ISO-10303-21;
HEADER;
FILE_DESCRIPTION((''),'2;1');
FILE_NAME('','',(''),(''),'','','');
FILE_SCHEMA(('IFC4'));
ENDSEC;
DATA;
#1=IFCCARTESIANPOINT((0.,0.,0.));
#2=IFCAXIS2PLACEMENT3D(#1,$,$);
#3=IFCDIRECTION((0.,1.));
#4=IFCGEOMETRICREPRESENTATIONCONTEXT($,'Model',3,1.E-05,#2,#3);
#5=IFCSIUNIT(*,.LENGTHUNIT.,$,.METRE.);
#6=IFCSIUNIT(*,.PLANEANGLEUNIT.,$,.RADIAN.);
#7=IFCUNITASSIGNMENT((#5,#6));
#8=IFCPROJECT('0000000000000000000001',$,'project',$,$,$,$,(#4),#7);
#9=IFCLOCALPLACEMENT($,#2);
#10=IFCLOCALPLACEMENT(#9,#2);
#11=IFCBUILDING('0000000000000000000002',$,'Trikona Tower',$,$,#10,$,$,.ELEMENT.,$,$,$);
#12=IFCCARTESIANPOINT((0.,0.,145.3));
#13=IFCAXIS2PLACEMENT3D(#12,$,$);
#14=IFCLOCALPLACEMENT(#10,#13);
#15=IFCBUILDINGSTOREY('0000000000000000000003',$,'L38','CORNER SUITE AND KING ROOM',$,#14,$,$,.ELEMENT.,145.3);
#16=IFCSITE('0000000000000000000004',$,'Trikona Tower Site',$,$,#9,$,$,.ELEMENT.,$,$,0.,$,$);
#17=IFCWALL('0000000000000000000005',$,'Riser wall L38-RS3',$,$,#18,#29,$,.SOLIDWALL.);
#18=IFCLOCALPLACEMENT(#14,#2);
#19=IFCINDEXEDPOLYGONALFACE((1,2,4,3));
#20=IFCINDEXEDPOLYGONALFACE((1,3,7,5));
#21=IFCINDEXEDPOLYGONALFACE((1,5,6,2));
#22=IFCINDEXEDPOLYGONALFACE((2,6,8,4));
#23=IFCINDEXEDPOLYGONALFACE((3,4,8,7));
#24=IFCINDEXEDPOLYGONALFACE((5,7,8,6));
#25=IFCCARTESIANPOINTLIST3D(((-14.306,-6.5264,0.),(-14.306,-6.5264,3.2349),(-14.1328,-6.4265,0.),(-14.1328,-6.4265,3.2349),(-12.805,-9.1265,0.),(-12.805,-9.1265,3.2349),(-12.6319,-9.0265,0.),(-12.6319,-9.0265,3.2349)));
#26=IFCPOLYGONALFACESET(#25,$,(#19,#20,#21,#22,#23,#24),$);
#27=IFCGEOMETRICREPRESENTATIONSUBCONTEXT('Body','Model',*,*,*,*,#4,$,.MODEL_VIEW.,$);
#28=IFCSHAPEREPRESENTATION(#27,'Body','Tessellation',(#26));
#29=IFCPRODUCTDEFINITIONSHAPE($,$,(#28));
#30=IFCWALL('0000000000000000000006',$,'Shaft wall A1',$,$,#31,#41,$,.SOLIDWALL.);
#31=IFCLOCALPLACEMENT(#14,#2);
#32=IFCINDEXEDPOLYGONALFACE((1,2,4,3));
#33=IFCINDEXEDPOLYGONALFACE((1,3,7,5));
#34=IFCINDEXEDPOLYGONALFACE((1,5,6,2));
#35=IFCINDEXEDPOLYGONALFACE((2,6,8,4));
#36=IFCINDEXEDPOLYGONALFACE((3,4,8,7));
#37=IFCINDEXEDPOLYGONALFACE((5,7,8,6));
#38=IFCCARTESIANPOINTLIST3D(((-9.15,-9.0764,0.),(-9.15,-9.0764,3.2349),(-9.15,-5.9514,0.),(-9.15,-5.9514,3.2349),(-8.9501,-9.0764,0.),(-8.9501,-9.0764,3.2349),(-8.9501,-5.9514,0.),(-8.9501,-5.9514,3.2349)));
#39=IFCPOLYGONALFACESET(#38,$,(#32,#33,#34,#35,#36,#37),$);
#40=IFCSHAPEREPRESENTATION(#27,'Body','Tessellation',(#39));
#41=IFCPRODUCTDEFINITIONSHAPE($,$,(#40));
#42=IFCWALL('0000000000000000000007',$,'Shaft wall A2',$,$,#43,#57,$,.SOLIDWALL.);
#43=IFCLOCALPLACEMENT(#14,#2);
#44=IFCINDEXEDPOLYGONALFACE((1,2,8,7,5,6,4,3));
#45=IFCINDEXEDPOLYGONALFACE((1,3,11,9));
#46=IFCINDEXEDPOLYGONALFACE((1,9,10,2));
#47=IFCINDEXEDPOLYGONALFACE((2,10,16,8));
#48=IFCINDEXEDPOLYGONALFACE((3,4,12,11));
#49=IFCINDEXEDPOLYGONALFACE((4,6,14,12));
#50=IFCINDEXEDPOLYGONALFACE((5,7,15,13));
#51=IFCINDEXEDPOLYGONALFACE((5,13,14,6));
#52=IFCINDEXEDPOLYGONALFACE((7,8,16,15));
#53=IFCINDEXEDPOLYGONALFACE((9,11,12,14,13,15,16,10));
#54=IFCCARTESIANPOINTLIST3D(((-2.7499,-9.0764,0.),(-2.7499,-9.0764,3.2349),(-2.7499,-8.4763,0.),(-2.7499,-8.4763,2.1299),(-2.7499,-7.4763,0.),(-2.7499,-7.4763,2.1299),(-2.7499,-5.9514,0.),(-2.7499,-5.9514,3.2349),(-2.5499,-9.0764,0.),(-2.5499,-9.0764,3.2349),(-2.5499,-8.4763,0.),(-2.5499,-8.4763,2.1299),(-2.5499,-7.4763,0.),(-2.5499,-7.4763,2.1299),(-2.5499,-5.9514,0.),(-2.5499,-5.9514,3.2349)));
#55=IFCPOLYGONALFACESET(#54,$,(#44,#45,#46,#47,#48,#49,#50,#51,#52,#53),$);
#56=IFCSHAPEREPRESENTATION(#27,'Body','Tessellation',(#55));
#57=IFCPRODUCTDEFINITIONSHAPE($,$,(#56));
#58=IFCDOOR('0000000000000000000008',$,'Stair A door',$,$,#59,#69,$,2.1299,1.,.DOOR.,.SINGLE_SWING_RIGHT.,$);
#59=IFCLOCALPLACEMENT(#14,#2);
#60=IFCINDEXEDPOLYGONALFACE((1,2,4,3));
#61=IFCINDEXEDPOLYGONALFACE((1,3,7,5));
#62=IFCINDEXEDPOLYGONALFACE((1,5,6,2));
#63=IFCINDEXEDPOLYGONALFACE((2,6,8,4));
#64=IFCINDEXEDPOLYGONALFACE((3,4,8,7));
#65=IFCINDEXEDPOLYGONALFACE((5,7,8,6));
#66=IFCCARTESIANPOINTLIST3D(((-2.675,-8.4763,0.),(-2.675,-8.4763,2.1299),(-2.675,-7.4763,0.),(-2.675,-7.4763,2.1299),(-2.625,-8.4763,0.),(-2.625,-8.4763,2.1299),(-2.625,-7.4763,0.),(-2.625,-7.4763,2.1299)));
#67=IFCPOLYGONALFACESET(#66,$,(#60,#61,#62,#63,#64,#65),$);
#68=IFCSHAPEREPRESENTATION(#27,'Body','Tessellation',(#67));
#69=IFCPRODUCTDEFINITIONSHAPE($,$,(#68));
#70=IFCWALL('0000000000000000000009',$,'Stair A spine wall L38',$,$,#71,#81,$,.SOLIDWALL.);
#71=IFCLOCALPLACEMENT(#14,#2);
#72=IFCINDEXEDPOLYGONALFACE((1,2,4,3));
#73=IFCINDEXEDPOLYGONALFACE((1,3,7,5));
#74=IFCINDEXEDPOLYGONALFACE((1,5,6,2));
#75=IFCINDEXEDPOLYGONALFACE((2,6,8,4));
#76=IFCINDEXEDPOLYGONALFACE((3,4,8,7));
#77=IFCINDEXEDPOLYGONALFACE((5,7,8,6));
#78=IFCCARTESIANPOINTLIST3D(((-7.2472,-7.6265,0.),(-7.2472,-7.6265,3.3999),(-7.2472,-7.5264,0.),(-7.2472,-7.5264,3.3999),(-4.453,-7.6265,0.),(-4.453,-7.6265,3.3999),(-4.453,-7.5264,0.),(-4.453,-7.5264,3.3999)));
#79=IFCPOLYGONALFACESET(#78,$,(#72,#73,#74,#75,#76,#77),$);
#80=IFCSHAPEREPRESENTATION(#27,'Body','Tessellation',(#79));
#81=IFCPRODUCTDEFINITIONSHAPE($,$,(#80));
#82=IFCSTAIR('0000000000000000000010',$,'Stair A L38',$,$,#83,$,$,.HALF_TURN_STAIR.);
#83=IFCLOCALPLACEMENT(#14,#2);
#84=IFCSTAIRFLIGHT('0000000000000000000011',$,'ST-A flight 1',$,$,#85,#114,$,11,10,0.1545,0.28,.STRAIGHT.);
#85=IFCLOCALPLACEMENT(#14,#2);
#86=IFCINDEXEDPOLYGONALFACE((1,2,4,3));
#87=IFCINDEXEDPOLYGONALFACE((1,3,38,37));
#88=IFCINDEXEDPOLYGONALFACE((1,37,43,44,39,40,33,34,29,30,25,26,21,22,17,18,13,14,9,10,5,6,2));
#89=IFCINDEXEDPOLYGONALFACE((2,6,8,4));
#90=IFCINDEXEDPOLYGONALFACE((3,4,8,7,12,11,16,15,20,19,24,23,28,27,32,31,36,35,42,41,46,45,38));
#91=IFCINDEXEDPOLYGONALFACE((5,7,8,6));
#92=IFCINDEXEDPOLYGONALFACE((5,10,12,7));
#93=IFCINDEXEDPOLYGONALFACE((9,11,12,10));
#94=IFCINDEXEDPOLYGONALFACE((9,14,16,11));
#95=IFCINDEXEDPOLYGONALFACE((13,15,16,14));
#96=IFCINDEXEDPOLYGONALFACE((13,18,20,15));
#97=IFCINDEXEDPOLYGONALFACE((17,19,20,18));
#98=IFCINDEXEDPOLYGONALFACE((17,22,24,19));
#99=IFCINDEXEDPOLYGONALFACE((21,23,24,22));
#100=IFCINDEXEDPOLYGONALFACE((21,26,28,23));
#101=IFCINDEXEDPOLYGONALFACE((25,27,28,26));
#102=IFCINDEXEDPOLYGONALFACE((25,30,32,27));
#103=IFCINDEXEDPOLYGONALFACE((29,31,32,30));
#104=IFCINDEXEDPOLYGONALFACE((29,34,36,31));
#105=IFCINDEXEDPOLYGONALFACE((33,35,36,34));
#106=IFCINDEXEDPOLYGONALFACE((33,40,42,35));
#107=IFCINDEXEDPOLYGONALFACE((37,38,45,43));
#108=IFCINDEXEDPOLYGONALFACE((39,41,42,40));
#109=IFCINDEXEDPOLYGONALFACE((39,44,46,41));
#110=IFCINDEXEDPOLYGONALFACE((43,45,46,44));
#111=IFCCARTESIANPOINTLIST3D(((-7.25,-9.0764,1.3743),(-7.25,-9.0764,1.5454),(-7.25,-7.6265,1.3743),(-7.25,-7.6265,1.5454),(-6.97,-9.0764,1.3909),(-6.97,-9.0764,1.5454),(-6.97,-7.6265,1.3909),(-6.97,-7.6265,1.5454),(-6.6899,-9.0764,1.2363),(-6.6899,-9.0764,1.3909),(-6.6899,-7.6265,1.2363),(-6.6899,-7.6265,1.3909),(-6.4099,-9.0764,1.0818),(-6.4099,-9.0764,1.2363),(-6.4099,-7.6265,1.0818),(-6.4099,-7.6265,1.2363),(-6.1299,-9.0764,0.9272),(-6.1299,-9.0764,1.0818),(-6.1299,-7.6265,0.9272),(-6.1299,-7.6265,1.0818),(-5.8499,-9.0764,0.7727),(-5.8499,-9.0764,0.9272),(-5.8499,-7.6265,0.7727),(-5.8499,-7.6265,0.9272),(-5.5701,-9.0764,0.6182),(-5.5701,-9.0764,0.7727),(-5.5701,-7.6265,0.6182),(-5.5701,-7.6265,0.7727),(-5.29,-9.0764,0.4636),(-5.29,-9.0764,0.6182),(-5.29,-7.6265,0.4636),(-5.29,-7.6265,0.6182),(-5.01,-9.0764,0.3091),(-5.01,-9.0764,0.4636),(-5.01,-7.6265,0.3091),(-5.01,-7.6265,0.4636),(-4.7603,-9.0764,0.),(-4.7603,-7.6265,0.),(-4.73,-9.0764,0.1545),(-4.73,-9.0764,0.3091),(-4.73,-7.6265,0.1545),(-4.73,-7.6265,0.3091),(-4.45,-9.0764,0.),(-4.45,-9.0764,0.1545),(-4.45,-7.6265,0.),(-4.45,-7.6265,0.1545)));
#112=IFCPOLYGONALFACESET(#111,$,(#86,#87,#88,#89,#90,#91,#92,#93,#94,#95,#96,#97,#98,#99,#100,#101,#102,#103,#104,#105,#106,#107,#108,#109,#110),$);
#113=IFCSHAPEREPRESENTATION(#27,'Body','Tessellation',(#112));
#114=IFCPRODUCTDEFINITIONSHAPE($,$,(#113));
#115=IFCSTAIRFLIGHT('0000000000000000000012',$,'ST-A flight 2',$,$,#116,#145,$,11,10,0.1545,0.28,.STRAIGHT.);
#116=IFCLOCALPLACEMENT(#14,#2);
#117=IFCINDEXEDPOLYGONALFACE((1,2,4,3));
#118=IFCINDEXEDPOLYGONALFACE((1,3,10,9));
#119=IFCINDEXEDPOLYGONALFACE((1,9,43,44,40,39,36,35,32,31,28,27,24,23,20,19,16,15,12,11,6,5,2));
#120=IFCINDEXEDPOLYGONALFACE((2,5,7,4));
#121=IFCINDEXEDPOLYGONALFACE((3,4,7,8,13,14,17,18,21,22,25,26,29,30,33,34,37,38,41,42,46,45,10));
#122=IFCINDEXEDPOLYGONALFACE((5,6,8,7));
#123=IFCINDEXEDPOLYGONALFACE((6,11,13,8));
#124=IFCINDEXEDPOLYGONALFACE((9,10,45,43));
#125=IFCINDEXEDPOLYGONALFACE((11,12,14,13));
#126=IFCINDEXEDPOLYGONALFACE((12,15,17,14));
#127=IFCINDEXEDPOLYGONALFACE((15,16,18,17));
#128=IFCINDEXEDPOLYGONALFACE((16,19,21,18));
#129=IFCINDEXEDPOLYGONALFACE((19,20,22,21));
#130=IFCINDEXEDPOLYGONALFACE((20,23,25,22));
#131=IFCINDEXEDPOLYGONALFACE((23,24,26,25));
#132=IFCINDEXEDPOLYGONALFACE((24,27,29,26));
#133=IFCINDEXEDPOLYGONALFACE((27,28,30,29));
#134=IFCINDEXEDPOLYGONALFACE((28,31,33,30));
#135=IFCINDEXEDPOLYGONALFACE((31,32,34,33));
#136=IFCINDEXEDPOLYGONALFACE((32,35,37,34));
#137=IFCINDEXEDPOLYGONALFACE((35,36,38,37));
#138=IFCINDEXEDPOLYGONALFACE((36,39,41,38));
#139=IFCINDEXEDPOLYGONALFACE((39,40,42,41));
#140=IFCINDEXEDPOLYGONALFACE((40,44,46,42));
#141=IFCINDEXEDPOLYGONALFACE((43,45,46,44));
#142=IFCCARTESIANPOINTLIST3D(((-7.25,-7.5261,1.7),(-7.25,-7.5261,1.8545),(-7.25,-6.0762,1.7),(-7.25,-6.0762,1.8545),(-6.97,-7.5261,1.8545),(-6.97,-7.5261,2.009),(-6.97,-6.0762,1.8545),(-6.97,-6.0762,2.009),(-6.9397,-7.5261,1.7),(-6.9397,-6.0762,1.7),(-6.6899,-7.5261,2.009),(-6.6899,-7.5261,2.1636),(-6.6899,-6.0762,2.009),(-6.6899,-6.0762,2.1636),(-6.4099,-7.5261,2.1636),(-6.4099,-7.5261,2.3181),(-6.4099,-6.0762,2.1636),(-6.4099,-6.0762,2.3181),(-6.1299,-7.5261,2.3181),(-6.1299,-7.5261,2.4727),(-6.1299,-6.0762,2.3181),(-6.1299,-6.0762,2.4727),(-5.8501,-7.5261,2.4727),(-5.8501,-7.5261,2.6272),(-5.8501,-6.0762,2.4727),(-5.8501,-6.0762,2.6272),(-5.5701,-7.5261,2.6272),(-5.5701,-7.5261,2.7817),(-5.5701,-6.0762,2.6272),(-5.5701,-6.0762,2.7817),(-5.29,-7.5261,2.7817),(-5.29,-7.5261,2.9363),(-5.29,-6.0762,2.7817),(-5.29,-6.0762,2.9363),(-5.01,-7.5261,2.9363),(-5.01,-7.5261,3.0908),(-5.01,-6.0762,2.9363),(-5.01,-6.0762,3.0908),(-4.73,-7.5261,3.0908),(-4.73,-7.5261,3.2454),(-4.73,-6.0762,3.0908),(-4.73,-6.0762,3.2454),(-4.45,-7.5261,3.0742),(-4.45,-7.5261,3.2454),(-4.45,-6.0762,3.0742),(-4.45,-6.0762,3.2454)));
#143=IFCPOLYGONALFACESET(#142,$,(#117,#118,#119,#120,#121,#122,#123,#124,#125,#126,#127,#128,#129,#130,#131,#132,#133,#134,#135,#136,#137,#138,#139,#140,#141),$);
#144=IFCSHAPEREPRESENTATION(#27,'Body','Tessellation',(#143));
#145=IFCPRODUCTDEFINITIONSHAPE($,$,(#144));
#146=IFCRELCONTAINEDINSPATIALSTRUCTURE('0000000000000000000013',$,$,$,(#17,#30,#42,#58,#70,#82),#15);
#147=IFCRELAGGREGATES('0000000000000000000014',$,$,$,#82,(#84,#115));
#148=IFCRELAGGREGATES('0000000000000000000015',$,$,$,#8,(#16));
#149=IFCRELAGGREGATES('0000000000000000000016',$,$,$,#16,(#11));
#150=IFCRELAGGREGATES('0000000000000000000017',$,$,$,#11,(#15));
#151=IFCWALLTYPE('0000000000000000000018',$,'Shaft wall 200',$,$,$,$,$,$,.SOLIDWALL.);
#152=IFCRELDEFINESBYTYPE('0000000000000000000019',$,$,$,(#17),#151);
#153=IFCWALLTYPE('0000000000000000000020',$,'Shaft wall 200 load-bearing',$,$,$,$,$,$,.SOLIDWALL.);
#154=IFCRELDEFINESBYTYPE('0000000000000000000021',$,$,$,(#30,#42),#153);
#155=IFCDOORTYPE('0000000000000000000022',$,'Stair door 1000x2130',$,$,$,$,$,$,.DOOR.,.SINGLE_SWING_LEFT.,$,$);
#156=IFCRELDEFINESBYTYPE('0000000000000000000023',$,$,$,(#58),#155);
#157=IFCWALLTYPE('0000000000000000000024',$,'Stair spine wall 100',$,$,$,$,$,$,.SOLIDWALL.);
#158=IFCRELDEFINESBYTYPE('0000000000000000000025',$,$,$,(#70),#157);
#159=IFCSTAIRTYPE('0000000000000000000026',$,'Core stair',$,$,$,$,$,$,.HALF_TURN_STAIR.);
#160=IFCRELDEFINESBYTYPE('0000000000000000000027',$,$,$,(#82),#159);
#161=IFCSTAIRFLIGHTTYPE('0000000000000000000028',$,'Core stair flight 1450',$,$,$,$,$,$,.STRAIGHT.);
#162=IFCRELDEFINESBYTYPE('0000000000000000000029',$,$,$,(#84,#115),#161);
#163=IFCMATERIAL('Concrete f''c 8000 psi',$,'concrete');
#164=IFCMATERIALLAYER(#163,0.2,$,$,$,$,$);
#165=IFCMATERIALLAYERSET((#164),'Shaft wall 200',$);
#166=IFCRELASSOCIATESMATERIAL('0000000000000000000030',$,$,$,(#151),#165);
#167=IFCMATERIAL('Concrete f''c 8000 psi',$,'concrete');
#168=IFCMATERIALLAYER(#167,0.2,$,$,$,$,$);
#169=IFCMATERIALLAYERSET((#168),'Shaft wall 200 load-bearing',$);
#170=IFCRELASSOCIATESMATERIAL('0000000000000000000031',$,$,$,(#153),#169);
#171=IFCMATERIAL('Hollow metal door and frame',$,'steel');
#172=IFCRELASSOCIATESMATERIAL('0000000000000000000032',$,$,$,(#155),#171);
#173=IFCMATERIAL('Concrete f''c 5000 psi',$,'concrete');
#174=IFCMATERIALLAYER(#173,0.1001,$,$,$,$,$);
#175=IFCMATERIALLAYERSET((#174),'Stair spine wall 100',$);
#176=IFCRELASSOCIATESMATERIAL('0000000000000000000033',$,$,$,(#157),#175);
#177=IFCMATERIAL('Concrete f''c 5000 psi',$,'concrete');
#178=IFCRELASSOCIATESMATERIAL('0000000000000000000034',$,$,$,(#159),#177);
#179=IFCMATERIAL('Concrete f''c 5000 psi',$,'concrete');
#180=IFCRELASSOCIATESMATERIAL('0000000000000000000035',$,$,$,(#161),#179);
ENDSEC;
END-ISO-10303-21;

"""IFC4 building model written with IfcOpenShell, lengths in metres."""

from ifc_helpers import new_model, si_unit, direction, frame, frame_2d, origin, place, context, subcontext, project, spatial, polyline, rectangle, outline, extrude, material, layer, layer_set, type_object, element, fill, aggregate, save


model = new_model("IFC4")

# Units and contexts
model_context = context("Model", 3, precision=1e-05, world=origin(), true_north=direction((0.0, 1.0)))
body_context = subcontext(model_context, "Body", "Model", "MODEL_VIEW")
ifc_project = project(units=[si_unit("LENGTHUNIT", "METRE"), si_unit("PLANEANGLEUNIT", "RADIAN")], contexts=[model_context])

# Site, building, storey
site_placement = place(None, origin())
site = spatial("IfcSite", under=ifc_project, at=site_placement, Name="Trikona Tower Site", CompositionType="ELEMENT", RefElevation=0.0)
building_placement = place(site_placement, origin())
building = spatial("IfcBuilding", under=site, at=building_placement, Name="Trikona Tower", CompositionType="ELEMENT")
storey_placement = place(building_placement, frame((0.0, 0.0, 145.3)))
storey = spatial("IfcBuildingStorey", under=building, at=storey_placement, Name="L38", Description="CORNER SUITE AND KING ROOM", CompositionType="ELEMENT", Elevation=145.3)

# Walls
ifc_material_1 = material(Name="Concrete f'c 8000 psi", Category="concrete")
ifc_layer_1 = layer(ifc_material_1, 0.2)
ifc_layer_set_1 = layer_set([ifc_layer_1], Name="Shaft wall 200")
wall_type_1 = type_object("IfcWallType", Name="Shaft wall 200", PredefinedType="SOLIDWALL", material=ifc_layer_set_1)
wall_1_placement = place(storey_placement, frame((-12.7185, -9.0764, 0.0), z_axis=(0.0, 0.0, 1.0), x_axis=(-0.499952, 0.866053, 0.0)))
element("IfcWall", 1, at=wall_1_placement, inside=storey, type_object=wall_type_1, Name="Riser wall L38-RS3", PredefinedType="SOLIDWALL", context=body_context, shape_type="SweptSolid", body=[
    extrude(rectangle(XDim=3.0022, YDim=0.2, at=frame_2d((1.501, 0.0))), origin(), (0.0, 0.0, 1.0), 3.2349),
])
ifc_material_2 = material(Name="Concrete f'c 8000 psi", Category="concrete")
ifc_layer_2 = layer(ifc_material_2, 0.2)
ifc_layer_set_2 = layer_set([ifc_layer_2], Name="Shaft wall 200 load-bearing")
wall_type_2 = type_object("IfcWallType", Name="Shaft wall 200 load-bearing", PredefinedType="SOLIDWALL", material=ifc_layer_set_2)
wall_2_placement = place(storey_placement, frame((-9.05, -5.9514, 0.0), z_axis=(0.0, 0.0, 1.0), x_axis=(0.0, -1.0, 0.0)))
element("IfcWall", 2, at=wall_2_placement, inside=storey, type_object=wall_type_2, Name="Shaft wall A1", PredefinedType="SOLIDWALL", context=body_context, shape_type="SweptSolid", body=[
    extrude(rectangle(XDim=3.125, YDim=0.2, at=frame_2d((1.5625, 0.0))), origin(), (0.0, 0.0, 1.0), 3.2349),
])

# Wall, opening, door
wall_3_placement = place(storey_placement, frame((-2.6499, -5.9514, 0.0), z_axis=(0.0, 0.0, 1.0), x_axis=(0.0, -1.0, 0.0)))
wall_3 = element("IfcWall", 3, at=wall_3_placement, inside=storey, type_object=wall_type_2, Name="Shaft wall A2", PredefinedType="SOLIDWALL", context=body_context, shape_type="SweptSolid", body=[
    extrude(rectangle(XDim=3.125, YDim=0.2, at=frame_2d((1.5625, 0.0))), origin(), (0.0, 0.0, 1.0), 3.2349),
])
opening_1_placement = place(wall_3_placement, frame((1.5249, 0.0, 0.0)))
opening_1 = element("IfcOpeningElement", 4, at=opening_1_placement, cuts=wall_3, PredefinedType="OPENING", context=body_context, shape_type="SweptSolid", body=[
    extrude(rectangle(XDim=1.0, YDim=2.1299, at=frame_2d((0.5, 1.0649))), frame((0.0, 0.1099, 0.0), z_axis=(0.0, -1.0, 0.0), x_axis=(1.0, 0.0, 0.0)), (0.0, 0.0, 1.0), 0.22),
])
ifc_material_3 = material(Name="Hollow metal door and frame", Category="steel")
door_type_1 = type_object("IfcDoorType", Name="Stair door 1000x2130", OperationType="SINGLE_SWING_LEFT", PredefinedType="DOOR", material=ifc_material_3)
door_1_placement = place(opening_1_placement, origin())
door_1 = element("IfcDoor", 5, at=door_1_placement, inside=storey, type_object=door_type_1, Name="Stair A door", OperationType="SINGLE_SWING_RIGHT", OverallHeight=2.1299, OverallWidth=1.0, PredefinedType="DOOR", context=body_context, shape_type="SweptSolid", body=[
    extrude(rectangle(XDim=1.0, YDim=2.1299, at=frame_2d((0.5, 1.0649))), frame((0.0, 0.0249, 0.0), z_axis=(0.0, -1.0, 0.0), x_axis=(1.0, 0.0, 0.0)), (0.0, 0.0, 1.0), 0.05),
])
fill(opening_1, door_1)

# Wall
ifc_material_4 = material(Name="Concrete f'c 5000 psi", Category="concrete")
ifc_layer_3 = layer(ifc_material_4, 0.1001)
ifc_layer_set_3 = layer_set([ifc_layer_3], Name="Stair spine wall 100")
wall_type_3 = type_object("IfcWallType", Name="Stair spine wall 100", PredefinedType="SOLIDWALL", material=ifc_layer_set_3)
wall_4_placement = place(storey_placement, frame((-7.2471, -7.5764, 0.0), z_axis=(0.0, 0.0, 1.0), x_axis=(1.0, 0.0, 0.0)))
element("IfcWall", 6, at=wall_4_placement, inside=storey, type_object=wall_type_3, Name="Stair A spine wall L38", PredefinedType="SOLIDWALL", context=body_context, shape_type="SweptSolid", body=[
    extrude(rectangle(XDim=2.7942, YDim=0.1001, at=frame_2d((1.397, 0.0))), origin(), (0.0, 0.0, 1.0), 3.3999),
])

# Stair, stair flights
ifc_material_5 = material(Name="Concrete f'c 5000 psi", Category="concrete")
stair_type = type_object("IfcStairType", Name="Core stair", PredefinedType="HALF_TURN_STAIR", material=ifc_material_5)
stair_placement = place(storey_placement, origin())
stair = element("IfcStair", 7, at=stair_placement, inside=storey, type_object=stair_type, Name="Stair A L38", PredefinedType="HALF_TURN_STAIR")
ifc_material_6 = material(Name="Concrete f'c 5000 psi", Category="concrete")
stair_flight_type = type_object("IfcStairFlightType", Name="Core stair flight 1450", PredefinedType="STRAIGHT", material=ifc_material_6)
stair_flight_1_placement = place(storey_placement, frame((-4.45, -8.3513, 0.0), z_axis=(0.0, 0.0, 1.0), x_axis=(-1.0, 0.0, 0.0)))
stair_flight_1 = element("IfcStairFlight", 8, at=stair_flight_1_placement, type_object=stair_flight_type, Name="ST-A flight 1", NumberOfRisers=11, NumberOfTreads=10, PredefinedType="STRAIGHT", RiserHeight=0.1545, TreadLength=0.28, context=body_context, shape_type="SweptSolid", body=[
    extrude(outline(polyline([(0.0, 0.0), (0.0, 0.1545), (0.28, 0.1545), (0.28, 0.3091), (0.5601, 0.3091), (0.5601, 0.4636), (0.8401, 0.4636), (0.8401, 0.6182), (1.1201, 0.6182), (1.1201, 0.7727), (1.3999, 0.7727), (1.3999, 0.9272), (1.6799, 0.9272), (1.6799, 1.0818), (1.96, 1.0818), (1.96, 1.2363), (2.24, 1.2363), (2.24, 1.3909), (2.52, 1.3909), (2.52, 1.5454), (2.8, 1.5454), (2.8, 1.7), (2.8, 1.3743), (0.3103, 0.0), (0.0, 0.0)])), frame((0.0, 0.7251, 0.0), z_axis=(0.0, -1.0, 0.0), x_axis=(1.0, 0.0, 0.0)), (0.0, 0.0, 1.0), 1.45),
])
stair_flight_2_placement = place(storey_placement, frame((-7.25, -6.8013, 1.7), z_axis=(0.0, 0.0, 1.0), x_axis=(1.0, 0.0, 0.0)))
stair_flight_2 = element("IfcStairFlight", 9, at=stair_flight_2_placement, type_object=stair_flight_type, Name="ST-A flight 2", NumberOfRisers=11, NumberOfTreads=10, PredefinedType="STRAIGHT", RiserHeight=0.1545, TreadLength=0.28, context=body_context, shape_type="SweptSolid", body=[
    extrude(outline(polyline([(0.0, 0.0), (0.0, 0.1545), (0.28, 0.1545), (0.28, 0.3091), (0.5601, 0.3091), (0.5601, 0.4636), (0.8401, 0.4636), (0.8401, 0.6182), (1.1201, 0.6182), (1.1201, 0.7727), (1.3999, 0.7727), (1.3999, 0.9272), (1.6799, 0.9272), (1.6799, 1.0818), (1.96, 1.0818), (1.96, 1.2363), (2.24, 1.2363), (2.24, 1.3909), (2.52, 1.3909), (2.52, 1.5454), (2.8, 1.5454), (2.8, 1.7), (2.8, 1.3743), (0.3103, 0.0), (0.0, 0.0)])), frame((0.0, 0.7251, 0.0), z_axis=(0.0, -1.0, 0.0), x_axis=(1.0, 0.0, 0.0)), (0.0, 0.0, 1.0), 1.45),
])
aggregate(stair, [stair_flight_1, stair_flight_2])

save(model, "model.ifc")
